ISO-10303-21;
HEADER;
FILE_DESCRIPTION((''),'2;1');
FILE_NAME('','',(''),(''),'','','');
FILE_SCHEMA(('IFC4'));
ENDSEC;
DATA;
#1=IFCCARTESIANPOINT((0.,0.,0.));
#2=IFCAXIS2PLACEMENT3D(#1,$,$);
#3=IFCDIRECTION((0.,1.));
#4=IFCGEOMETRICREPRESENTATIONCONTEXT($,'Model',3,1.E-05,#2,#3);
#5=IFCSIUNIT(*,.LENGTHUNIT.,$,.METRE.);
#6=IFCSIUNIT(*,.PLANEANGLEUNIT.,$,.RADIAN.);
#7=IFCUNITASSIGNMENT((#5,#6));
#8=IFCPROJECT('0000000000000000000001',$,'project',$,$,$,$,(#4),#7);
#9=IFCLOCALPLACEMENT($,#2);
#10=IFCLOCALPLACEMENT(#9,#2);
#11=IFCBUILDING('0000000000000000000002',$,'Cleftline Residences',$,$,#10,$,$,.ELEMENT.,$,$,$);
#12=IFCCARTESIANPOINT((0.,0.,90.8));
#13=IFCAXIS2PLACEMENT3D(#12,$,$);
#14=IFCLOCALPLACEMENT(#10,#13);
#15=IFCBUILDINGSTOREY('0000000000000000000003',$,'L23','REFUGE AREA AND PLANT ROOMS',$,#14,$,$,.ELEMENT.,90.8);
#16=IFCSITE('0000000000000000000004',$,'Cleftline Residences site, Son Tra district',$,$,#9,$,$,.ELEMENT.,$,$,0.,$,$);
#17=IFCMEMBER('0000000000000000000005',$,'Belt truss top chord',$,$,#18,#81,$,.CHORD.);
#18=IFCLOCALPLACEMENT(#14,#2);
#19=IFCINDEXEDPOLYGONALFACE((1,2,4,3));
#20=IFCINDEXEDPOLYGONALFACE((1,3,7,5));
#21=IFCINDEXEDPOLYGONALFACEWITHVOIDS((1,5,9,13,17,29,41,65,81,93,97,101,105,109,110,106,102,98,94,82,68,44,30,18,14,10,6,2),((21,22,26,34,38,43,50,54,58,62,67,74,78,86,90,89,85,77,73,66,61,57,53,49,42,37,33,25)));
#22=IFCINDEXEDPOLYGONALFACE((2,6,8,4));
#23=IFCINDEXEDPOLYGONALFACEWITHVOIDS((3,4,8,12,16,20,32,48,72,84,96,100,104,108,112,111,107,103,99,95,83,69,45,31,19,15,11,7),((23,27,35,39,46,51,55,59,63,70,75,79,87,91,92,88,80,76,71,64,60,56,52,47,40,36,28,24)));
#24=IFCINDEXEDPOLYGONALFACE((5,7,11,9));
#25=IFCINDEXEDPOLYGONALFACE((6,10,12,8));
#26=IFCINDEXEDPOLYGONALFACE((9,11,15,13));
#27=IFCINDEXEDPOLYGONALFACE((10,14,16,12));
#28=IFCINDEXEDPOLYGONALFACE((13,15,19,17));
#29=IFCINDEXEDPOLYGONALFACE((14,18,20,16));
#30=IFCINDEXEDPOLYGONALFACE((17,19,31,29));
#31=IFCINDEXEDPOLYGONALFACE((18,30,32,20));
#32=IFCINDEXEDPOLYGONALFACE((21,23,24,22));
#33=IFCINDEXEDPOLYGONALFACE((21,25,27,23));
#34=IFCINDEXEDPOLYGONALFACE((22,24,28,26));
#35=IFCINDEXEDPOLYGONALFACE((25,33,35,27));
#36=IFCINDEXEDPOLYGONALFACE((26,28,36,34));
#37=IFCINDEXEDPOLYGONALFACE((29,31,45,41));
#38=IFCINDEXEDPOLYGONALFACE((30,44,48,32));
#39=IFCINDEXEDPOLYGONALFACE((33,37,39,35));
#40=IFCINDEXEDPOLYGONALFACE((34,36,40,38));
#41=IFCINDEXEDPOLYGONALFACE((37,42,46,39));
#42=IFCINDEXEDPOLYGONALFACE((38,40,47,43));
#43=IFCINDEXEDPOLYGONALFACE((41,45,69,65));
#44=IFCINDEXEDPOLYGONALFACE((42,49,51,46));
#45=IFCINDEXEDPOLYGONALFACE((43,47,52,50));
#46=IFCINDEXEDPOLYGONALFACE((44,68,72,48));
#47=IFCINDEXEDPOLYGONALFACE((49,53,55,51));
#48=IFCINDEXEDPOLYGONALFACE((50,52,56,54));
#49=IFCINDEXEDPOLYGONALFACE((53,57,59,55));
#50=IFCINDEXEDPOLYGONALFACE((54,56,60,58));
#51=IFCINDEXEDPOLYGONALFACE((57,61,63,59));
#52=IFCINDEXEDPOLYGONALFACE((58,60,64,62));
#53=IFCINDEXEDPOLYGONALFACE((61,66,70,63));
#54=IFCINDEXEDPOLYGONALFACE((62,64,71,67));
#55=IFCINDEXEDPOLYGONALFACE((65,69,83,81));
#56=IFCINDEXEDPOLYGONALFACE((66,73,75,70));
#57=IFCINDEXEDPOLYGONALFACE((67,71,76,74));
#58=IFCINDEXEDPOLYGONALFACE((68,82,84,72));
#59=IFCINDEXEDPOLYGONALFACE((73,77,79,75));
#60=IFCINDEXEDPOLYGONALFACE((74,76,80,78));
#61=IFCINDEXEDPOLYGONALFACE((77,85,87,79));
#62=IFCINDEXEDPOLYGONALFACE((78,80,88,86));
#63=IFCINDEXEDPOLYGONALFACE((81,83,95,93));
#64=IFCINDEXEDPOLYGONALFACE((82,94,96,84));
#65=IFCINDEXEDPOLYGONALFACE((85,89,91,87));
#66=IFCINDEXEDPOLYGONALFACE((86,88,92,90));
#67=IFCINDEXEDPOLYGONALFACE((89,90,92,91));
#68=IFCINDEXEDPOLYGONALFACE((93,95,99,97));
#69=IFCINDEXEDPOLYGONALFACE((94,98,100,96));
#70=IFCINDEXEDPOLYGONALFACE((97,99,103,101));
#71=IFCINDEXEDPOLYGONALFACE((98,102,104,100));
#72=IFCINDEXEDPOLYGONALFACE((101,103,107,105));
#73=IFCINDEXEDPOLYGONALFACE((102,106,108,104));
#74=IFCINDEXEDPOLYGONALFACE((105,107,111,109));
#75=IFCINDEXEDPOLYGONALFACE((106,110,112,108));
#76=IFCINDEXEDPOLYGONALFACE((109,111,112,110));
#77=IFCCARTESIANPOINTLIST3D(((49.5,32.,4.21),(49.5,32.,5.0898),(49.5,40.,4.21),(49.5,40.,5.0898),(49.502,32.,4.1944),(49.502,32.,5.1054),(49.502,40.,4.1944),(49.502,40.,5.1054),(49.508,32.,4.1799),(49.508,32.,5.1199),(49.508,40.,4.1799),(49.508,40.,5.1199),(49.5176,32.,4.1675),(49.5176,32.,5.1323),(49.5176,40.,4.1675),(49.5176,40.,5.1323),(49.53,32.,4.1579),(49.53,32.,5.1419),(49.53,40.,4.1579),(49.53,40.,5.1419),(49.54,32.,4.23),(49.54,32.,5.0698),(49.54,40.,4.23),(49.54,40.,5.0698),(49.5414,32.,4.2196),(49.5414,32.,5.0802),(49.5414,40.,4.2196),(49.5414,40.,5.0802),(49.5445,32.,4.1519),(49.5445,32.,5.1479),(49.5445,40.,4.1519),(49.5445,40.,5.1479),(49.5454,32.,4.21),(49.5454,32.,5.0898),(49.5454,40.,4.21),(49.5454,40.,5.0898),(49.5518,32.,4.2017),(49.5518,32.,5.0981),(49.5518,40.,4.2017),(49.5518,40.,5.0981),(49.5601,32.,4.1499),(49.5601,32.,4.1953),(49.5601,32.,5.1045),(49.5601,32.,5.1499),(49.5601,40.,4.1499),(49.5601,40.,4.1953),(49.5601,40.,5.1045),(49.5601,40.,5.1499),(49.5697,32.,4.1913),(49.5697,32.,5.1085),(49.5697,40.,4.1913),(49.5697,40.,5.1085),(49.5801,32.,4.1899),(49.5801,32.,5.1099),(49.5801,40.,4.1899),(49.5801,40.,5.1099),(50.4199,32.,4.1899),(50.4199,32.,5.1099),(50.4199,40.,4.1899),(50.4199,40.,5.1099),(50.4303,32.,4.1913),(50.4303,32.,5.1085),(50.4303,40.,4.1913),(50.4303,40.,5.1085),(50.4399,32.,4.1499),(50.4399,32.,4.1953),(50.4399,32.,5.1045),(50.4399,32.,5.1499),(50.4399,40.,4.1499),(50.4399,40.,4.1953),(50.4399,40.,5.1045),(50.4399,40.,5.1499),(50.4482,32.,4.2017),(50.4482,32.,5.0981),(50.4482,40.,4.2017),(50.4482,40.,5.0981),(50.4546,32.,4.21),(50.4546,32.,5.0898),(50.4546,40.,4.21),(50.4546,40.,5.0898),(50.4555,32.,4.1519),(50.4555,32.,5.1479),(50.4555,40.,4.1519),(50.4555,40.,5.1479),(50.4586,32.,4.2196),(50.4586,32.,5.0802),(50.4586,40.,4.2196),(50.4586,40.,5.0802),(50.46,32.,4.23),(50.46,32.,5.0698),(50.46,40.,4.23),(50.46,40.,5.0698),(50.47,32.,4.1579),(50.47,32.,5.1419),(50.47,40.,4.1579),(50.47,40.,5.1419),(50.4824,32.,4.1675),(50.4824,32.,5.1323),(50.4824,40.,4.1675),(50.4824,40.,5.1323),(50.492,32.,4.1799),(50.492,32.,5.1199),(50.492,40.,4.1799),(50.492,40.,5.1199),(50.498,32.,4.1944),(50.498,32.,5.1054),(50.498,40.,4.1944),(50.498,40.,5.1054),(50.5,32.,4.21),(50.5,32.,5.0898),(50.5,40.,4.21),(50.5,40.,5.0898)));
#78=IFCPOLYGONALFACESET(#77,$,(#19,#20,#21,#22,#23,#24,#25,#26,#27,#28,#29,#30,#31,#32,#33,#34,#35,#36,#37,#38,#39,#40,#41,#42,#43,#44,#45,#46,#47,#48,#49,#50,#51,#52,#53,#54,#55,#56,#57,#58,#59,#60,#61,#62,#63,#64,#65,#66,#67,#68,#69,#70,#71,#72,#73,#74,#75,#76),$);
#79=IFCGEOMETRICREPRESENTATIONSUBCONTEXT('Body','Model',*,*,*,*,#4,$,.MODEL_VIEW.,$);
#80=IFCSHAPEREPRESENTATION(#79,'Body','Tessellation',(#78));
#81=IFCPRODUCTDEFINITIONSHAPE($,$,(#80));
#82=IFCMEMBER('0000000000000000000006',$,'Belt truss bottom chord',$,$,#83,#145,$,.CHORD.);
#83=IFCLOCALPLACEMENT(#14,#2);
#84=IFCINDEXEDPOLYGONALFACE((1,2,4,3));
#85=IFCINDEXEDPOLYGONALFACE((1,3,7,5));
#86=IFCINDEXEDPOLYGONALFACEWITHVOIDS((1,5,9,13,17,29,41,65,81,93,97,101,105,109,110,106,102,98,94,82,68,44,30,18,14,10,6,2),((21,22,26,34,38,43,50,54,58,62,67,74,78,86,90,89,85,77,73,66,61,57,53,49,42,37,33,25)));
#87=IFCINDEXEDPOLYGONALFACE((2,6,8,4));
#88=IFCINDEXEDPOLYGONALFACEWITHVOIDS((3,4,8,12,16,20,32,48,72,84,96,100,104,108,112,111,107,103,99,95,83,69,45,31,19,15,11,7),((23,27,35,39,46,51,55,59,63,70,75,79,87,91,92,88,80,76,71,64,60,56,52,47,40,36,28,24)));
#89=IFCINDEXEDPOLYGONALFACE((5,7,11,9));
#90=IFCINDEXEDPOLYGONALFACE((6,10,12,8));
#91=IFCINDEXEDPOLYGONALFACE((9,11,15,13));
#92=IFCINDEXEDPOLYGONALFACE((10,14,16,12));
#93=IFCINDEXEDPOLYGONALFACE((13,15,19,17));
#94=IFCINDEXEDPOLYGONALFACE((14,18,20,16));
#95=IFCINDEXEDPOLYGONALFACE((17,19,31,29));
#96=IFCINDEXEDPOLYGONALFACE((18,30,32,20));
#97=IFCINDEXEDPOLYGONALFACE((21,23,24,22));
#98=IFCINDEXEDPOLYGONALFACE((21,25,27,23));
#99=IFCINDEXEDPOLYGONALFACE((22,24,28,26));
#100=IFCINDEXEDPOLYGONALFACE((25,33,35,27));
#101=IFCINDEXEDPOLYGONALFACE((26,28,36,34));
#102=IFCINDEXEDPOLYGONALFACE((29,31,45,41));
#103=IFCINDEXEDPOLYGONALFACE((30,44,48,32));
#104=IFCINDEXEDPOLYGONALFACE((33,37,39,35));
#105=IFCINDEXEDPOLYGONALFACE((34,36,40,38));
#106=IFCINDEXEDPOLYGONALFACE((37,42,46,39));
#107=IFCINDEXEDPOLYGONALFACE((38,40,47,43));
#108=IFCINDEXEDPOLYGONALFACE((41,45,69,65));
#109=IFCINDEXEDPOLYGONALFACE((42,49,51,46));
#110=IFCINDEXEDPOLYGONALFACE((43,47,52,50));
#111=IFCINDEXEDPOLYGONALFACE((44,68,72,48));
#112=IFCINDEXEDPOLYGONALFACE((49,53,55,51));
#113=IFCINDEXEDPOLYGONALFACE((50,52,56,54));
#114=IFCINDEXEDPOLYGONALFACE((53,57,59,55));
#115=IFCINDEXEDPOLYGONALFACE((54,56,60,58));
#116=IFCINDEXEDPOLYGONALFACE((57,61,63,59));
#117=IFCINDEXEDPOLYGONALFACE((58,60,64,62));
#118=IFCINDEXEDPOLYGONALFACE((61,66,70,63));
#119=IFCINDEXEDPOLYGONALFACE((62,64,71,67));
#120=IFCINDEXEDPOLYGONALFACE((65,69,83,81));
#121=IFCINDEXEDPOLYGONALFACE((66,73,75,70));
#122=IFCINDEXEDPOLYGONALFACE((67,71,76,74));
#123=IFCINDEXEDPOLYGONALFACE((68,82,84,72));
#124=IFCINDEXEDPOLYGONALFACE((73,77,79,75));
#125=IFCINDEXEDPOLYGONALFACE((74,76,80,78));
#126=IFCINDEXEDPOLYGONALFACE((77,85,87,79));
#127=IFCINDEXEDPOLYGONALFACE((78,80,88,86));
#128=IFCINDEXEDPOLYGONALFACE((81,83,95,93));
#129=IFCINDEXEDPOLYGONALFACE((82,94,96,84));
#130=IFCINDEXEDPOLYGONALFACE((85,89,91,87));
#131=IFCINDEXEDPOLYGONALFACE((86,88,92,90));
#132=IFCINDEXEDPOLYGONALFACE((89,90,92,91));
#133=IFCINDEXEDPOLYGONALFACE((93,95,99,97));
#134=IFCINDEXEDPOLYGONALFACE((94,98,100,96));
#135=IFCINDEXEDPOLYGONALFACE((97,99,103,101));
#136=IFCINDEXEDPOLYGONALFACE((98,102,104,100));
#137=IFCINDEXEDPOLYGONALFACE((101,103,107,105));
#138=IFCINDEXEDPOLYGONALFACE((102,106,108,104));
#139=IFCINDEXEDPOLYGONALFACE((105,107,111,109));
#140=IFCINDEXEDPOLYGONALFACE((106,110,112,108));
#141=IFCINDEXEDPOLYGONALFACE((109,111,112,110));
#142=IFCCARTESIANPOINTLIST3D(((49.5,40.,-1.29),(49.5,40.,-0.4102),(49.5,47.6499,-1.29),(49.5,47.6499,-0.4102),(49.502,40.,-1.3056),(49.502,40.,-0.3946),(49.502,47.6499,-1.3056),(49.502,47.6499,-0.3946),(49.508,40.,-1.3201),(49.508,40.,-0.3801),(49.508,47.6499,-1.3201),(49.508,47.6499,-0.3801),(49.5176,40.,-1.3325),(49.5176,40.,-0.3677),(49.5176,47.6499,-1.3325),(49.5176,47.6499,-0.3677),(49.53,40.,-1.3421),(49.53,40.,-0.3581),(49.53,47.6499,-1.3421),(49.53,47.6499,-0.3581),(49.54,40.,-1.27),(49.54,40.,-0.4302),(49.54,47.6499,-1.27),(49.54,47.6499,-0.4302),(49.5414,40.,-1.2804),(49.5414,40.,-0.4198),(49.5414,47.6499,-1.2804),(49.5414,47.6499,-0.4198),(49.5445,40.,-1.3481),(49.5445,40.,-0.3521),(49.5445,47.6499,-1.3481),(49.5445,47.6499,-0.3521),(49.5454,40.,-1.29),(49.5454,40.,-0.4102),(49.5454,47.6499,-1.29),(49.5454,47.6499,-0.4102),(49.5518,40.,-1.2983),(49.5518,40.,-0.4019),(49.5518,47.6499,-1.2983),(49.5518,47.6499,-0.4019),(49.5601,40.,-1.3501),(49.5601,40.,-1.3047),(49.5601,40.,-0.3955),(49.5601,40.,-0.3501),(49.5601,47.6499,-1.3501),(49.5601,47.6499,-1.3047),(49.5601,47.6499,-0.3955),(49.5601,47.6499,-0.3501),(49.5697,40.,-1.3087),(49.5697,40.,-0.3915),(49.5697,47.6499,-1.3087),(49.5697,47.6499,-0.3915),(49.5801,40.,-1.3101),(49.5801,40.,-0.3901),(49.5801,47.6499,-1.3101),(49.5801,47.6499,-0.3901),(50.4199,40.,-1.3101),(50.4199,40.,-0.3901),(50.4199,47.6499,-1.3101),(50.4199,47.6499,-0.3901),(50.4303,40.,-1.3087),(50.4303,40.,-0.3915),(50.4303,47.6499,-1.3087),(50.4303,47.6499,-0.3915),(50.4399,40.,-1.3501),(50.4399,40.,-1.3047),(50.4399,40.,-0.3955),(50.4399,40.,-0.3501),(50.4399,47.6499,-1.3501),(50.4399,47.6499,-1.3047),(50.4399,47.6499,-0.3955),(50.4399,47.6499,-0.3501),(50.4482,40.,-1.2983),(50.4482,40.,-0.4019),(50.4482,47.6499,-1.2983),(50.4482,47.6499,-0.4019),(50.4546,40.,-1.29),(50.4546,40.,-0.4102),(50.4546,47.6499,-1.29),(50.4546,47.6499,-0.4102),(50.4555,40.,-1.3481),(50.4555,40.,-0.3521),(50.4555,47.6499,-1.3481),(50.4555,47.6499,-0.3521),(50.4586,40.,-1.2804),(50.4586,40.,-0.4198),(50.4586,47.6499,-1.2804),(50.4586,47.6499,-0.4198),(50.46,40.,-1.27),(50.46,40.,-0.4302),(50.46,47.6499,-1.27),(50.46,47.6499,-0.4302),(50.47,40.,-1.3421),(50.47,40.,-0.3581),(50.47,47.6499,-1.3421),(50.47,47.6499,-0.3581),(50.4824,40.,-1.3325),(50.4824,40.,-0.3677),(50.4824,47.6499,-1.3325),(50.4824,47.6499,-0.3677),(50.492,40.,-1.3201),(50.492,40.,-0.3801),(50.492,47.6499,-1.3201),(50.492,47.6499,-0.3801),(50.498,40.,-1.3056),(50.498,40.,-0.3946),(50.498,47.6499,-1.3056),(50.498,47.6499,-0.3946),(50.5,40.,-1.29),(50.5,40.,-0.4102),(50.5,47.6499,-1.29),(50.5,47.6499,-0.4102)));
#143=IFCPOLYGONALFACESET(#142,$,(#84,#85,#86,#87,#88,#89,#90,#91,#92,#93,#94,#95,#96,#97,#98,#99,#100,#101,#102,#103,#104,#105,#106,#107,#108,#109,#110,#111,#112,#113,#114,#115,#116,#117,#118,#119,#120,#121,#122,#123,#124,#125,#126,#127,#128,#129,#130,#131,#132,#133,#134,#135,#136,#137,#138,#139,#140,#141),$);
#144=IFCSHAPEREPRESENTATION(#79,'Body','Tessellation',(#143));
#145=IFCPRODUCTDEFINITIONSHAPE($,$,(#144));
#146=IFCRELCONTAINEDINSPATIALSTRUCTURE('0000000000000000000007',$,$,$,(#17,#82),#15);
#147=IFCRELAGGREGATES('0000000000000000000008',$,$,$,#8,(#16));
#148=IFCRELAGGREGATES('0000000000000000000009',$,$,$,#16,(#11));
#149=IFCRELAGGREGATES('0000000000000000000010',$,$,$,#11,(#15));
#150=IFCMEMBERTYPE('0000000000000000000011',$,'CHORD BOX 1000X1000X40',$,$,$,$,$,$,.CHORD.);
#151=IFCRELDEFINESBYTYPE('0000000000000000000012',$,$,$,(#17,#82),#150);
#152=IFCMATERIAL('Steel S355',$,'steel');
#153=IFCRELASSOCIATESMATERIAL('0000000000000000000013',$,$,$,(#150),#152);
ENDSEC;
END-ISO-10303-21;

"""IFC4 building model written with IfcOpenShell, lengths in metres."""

from ifc_helpers import new_model, si_unit, direction, frame, origin, origin_2d, place, context, subcontext, project, spatial, hollow_rectangle, extrude, material, material_profile, profile_set, type_object, element, save


model = new_model("IFC4")

# Units and contexts
model_context = context("Model", 3, precision=1e-05, world=origin(), true_north=direction((0.0, 1.0)))
body_context = subcontext(model_context, "Body", "Model", "MODEL_VIEW")
ifc_project = project(units=[si_unit("LENGTHUNIT", "METRE"), si_unit("PLANEANGLEUNIT", "RADIAN")], contexts=[model_context])

# Site, building, storey
site_placement = place(None, origin())
site = spatial("IfcSite", under=ifc_project, at=site_placement, Name="Cleftline Residences site, Son Tra district", CompositionType="ELEMENT", RefElevation=0.0)
building_placement = place(site_placement, origin())
building = spatial("IfcBuilding", under=site, at=building_placement, Name="Cleftline Residences", CompositionType="ELEMENT")
storey_placement = place(building_placement, frame((0.0, 0.0, 90.8)))
storey = spatial("IfcBuildingStorey", under=building, at=storey_placement, Name="L23", Description="REFUGE AREA AND PLANT ROOMS", CompositionType="ELEMENT", Elevation=90.8)

# Members
ifc_material_1 = material(Name="Steel S355", Category="steel")
ifc_material_profile_1 = material_profile(ifc_material_1, hollow_rectangle(XDim=1.0, YDim=1.0, WallThickness=0.04, InnerFilletRadius=0.04, OuterFilletRadius=0.0601, at=origin_2d()))
ifc_profile_set_1 = profile_set([ifc_material_profile_1], Name="Steel S355")
member_type_1 = type_object("IfcMemberType", Name="CHORD BOX 1000X1000X40", PredefinedType="CHORD", material=ifc_profile_set_1)
for number, where, z_axis, x_axis, name in (
    (1, (50.0, 32.0, 4.6499), (0.0, 1.0, 0.0), (-1.0, 0.0, 0.0), "Belt truss top chord"),
):
    element("IfcMember", number, at=place(storey_placement, frame(where, z_axis=z_axis, x_axis=x_axis)), inside=storey, type_object=member_type_1, Name=name, PredefinedType="CHORD", context=body_context, shape_type="SweptSolid", body=[
        extrude(hollow_rectangle(XDim=1.0, YDim=1.0, WallThickness=0.04, InnerFilletRadius=0.04, OuterFilletRadius=0.0601, at=origin_2d()), origin(), (0.0, 0.0, 1.0), 8.0),
    ])
for number, where, z_axis, x_axis, name in (
    (2, (50.0, 40.0, -0.8501), (0.0, 1.0, 0.0), (-1.0, 0.0, 0.0), "Belt truss bottom chord"),
):
    element("IfcMember", number, at=place(storey_placement, frame(where, z_axis=z_axis, x_axis=x_axis)), inside=storey, type_object=member_type_1, Name=name, PredefinedType="CHORD", context=body_context, shape_type="SweptSolid", body=[
        extrude(hollow_rectangle(XDim=1.0, YDim=1.0, WallThickness=0.04, InnerFilletRadius=0.04, OuterFilletRadius=0.0601, at=origin_2d()), origin(), (0.0, 0.0, 1.0), 7.6499),
    ])

save(model, "model.ifc")
